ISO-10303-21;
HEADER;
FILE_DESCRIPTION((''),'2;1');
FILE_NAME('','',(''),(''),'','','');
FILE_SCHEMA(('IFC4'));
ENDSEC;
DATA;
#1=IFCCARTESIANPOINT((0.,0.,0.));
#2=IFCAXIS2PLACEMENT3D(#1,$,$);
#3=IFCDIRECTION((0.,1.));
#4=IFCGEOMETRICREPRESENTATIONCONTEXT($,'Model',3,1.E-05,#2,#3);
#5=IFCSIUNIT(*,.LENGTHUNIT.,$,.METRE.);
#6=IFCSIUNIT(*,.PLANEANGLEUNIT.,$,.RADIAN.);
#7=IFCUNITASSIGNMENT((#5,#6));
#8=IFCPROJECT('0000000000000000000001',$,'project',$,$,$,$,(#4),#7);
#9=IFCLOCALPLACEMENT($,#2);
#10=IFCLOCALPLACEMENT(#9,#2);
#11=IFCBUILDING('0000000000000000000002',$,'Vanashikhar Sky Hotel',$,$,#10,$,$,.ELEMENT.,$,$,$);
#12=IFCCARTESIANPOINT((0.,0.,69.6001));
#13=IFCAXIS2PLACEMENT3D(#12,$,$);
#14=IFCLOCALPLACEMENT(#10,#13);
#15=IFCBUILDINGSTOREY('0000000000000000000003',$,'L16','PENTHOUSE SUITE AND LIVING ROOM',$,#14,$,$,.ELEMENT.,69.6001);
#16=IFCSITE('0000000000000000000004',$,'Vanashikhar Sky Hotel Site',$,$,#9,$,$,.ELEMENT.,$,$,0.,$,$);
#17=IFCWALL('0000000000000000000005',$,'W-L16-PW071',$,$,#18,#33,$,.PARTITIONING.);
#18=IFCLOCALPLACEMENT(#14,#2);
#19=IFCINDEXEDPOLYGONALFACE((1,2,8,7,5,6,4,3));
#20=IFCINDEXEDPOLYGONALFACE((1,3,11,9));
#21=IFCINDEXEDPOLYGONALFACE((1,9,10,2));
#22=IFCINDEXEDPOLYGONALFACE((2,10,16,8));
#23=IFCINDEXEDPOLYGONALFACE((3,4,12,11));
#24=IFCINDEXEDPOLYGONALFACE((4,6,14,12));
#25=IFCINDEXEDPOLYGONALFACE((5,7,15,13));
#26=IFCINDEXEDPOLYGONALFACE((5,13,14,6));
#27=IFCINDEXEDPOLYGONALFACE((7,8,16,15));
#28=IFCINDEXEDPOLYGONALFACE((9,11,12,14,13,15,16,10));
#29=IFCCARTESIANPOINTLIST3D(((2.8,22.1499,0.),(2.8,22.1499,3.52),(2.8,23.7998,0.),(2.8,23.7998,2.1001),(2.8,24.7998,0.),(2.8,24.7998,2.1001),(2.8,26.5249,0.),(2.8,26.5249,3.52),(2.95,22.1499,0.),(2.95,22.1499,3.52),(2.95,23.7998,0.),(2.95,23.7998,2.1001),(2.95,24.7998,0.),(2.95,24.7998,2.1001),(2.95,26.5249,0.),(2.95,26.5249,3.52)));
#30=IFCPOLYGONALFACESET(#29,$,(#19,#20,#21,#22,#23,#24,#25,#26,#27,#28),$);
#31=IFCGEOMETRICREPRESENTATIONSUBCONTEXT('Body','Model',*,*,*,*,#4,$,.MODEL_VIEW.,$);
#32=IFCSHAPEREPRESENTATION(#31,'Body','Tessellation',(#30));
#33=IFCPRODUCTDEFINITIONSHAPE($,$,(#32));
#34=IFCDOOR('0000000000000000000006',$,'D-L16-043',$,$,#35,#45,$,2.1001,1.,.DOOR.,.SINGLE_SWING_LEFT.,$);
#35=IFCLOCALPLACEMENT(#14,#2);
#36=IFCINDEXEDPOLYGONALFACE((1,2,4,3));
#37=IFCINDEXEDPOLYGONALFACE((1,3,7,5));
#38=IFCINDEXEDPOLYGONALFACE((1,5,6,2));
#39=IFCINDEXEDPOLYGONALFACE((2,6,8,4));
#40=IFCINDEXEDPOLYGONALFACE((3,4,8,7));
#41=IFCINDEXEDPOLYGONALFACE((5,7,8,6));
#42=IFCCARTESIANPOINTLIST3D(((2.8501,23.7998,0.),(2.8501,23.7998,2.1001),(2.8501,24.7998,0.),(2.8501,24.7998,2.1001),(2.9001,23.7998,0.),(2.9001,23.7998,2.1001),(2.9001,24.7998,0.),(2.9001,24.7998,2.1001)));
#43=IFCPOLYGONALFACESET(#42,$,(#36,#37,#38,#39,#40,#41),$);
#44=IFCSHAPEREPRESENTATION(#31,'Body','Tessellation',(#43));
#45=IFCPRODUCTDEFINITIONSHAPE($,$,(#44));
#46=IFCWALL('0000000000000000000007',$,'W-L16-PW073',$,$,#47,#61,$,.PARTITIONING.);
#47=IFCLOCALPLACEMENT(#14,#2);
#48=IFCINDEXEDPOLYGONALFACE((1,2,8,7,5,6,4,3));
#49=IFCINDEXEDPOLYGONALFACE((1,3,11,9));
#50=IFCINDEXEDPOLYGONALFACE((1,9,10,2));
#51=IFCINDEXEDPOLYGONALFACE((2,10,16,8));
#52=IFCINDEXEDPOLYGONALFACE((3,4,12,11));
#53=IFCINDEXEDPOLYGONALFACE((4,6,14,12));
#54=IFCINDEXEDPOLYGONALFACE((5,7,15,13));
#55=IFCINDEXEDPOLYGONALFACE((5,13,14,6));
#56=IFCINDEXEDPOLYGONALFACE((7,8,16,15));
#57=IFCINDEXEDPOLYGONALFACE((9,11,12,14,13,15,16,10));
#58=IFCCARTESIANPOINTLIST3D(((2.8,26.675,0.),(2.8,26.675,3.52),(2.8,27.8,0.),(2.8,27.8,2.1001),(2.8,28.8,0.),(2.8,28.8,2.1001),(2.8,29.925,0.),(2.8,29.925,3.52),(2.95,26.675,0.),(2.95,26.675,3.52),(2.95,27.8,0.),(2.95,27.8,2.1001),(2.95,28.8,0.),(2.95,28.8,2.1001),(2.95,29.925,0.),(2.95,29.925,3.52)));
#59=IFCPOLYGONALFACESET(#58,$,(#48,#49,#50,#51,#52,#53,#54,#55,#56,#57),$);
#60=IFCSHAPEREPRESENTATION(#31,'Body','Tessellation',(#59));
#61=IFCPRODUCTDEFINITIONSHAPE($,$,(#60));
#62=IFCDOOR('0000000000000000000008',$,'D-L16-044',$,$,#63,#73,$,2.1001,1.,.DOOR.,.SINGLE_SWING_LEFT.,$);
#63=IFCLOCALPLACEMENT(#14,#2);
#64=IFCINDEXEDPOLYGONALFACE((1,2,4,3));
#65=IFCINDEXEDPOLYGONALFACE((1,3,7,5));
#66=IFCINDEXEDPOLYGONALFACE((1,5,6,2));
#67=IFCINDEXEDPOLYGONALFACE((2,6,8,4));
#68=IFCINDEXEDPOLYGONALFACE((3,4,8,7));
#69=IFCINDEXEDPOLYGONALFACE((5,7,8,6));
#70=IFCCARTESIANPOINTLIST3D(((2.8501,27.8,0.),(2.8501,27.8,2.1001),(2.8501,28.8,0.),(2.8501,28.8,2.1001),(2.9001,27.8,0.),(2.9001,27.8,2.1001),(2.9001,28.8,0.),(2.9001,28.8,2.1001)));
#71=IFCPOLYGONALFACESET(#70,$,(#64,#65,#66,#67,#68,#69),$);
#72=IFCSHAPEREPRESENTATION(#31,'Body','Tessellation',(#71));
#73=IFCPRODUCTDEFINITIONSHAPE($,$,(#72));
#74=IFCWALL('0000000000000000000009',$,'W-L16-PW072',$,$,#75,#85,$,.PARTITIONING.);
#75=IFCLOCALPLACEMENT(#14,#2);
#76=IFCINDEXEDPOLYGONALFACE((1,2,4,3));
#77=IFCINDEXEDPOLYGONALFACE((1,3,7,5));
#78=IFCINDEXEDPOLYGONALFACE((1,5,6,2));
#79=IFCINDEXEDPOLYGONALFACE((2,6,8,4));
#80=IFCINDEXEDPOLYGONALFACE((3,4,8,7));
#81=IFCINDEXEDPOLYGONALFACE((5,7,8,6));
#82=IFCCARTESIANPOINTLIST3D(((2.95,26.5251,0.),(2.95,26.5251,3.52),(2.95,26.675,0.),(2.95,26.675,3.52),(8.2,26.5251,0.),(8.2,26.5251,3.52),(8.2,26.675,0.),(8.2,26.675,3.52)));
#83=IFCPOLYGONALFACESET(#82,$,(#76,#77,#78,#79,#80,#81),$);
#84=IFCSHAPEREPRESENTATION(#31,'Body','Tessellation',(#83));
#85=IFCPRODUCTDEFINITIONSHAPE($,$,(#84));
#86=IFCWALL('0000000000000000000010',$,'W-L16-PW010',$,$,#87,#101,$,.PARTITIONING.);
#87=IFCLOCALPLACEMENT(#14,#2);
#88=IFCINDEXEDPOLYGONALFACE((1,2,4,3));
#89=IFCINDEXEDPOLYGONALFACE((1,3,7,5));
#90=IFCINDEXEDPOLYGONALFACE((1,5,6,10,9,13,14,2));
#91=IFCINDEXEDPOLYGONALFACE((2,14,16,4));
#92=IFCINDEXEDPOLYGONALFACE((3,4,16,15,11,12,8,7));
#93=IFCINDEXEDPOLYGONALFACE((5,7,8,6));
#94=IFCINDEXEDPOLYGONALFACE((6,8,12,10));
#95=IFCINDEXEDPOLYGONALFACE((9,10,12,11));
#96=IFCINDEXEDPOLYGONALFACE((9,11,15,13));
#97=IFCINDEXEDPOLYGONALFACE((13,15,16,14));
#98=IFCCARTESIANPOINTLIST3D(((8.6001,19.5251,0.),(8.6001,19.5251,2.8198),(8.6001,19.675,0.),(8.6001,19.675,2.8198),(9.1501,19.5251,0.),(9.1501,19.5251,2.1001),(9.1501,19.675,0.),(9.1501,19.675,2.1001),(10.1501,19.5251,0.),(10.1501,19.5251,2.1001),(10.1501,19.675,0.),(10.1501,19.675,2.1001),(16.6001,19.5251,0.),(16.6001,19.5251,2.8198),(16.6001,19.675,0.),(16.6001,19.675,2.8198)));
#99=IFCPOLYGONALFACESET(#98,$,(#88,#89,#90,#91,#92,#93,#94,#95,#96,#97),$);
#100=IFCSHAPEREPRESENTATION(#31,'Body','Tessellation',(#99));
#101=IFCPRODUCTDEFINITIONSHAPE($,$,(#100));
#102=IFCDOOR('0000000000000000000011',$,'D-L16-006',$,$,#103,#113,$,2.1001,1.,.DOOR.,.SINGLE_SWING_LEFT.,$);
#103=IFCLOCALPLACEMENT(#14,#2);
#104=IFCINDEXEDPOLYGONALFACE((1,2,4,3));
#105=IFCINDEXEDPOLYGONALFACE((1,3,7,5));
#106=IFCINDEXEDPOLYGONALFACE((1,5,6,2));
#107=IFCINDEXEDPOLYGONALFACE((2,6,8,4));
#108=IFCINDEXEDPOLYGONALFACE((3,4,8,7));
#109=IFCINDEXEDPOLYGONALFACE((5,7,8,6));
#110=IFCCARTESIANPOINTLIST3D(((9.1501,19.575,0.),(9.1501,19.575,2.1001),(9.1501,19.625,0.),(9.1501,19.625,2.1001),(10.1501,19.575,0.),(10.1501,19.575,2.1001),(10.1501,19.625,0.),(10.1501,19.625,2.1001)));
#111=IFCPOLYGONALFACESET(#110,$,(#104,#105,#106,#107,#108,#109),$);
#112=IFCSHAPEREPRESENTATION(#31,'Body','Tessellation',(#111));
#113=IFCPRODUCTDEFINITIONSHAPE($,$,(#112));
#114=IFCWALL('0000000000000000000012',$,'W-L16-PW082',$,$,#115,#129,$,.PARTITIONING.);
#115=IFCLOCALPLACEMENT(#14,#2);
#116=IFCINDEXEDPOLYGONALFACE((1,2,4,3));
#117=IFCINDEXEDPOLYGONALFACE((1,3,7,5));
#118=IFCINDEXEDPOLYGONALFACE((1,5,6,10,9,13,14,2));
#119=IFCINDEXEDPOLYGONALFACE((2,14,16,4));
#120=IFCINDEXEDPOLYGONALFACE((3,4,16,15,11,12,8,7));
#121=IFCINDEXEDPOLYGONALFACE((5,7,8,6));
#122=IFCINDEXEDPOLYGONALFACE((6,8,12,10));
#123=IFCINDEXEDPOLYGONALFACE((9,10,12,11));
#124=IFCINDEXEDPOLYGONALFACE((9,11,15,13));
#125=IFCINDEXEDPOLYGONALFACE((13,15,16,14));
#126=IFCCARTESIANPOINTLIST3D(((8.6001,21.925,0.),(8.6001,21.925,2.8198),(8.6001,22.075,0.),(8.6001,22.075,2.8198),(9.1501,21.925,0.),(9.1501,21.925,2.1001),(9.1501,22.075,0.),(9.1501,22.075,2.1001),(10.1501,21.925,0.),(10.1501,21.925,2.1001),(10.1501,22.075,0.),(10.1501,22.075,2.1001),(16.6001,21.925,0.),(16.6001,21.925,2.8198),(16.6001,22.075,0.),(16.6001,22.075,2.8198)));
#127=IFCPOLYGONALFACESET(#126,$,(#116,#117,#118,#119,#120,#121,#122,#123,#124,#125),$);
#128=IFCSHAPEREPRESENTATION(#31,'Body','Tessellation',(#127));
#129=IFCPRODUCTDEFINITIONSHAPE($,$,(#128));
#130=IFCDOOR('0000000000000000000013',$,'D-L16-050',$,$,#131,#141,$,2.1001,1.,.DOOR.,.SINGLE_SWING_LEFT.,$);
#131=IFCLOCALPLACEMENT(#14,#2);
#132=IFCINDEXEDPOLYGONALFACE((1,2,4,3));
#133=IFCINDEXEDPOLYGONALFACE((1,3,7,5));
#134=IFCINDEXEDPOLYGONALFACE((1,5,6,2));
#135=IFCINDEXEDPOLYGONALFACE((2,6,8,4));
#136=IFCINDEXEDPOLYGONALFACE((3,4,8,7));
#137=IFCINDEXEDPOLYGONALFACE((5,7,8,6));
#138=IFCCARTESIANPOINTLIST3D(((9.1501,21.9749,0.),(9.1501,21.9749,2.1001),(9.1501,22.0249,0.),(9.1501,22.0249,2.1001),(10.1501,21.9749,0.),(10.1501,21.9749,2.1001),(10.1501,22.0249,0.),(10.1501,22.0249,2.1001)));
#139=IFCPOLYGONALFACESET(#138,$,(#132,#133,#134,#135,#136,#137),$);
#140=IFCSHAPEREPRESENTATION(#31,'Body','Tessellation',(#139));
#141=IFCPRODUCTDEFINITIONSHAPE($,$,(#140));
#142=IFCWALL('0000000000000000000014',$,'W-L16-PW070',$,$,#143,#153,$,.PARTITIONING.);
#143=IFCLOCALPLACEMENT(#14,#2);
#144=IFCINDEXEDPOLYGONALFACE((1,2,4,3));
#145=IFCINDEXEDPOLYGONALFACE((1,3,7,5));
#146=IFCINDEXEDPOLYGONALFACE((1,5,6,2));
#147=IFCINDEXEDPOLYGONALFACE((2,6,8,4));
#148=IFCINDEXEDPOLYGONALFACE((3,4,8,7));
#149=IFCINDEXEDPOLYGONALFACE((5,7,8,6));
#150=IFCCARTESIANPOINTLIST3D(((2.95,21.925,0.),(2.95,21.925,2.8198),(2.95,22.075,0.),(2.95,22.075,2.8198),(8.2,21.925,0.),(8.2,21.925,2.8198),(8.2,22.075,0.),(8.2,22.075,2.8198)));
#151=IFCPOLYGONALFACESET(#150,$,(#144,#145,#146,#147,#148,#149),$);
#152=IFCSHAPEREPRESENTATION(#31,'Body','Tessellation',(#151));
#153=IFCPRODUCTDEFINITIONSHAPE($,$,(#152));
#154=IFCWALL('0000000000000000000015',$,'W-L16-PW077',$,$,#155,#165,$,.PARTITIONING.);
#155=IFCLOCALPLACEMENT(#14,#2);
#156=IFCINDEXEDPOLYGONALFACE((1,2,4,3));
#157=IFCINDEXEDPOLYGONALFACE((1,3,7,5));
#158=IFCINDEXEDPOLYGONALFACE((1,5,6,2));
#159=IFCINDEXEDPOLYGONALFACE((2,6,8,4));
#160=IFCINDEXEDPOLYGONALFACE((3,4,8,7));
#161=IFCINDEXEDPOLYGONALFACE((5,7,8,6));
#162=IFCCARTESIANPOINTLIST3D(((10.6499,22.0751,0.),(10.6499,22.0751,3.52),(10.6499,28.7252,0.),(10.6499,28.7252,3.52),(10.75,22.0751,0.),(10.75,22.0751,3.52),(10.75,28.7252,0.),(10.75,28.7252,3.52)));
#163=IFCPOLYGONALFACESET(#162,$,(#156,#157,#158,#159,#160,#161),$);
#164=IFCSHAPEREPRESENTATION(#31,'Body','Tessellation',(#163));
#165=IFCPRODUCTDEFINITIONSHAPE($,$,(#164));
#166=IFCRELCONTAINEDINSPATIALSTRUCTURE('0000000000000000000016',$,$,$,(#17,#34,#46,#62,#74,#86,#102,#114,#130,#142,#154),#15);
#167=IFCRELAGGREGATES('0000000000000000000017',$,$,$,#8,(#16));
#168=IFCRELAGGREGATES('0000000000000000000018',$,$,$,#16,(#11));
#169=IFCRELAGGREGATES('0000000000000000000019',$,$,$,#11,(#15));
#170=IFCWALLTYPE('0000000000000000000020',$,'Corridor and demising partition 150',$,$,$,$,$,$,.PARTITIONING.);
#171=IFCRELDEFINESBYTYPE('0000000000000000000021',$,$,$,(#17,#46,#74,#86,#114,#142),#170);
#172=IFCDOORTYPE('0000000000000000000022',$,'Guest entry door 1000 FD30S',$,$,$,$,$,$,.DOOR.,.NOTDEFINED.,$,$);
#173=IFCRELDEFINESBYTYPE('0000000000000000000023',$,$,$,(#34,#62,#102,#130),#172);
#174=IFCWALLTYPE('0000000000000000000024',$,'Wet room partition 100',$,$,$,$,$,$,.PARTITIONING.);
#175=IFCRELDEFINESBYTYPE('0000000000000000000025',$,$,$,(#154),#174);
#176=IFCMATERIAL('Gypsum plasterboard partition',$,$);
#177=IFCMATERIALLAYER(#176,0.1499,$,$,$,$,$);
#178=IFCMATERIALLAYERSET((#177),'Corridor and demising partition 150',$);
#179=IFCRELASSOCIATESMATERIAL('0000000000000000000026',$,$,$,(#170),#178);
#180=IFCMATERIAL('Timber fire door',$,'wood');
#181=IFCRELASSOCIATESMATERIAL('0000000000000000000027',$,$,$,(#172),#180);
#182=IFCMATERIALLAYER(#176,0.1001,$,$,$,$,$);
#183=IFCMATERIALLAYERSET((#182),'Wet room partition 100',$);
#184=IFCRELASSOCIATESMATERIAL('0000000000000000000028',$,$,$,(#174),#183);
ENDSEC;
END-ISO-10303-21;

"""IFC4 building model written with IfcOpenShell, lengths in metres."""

from ifc_helpers import new_model, si_unit, direction, frame, frame_2d, origin, place, context, subcontext, project, spatial, rectangle, extrude, source, transform, mapped, material, layer, layer_set, type_object, element, fill, save


model = new_model("IFC4")

# Units and contexts
model_context = context("Model", 3, precision=1e-05, world=origin(), true_north=direction((0.0, 1.0)))
body_context = subcontext(model_context, "Body", "Model", "MODEL_VIEW")
ifc_project = project(units=[si_unit("LENGTHUNIT", "METRE"), si_unit("PLANEANGLEUNIT", "RADIAN")], contexts=[model_context])

# Site, building, storey
site_placement = place(None, origin())
site = spatial("IfcSite", under=ifc_project, at=site_placement, Name="Vanashikhar Sky Hotel Site", CompositionType="ELEMENT", RefElevation=0.0)
building_placement = place(site_placement, origin())
building = spatial("IfcBuilding", under=site, at=building_placement, Name="Vanashikhar Sky Hotel", CompositionType="ELEMENT")
storey_placement = place(building_placement, frame((0.0, 0.0, 69.6001)))
storey = spatial("IfcBuildingStorey", under=building, at=storey_placement, Name="L16", Description="PENTHOUSE SUITE AND LIVING ROOM", CompositionType="ELEMENT", Elevation=69.6001)

# Walls, openings, doors
ifc_material_1 = material(Name="Gypsum plasterboard partition")
ifc_layer_1 = layer(ifc_material_1, 0.1499)
ifc_layer_set_1 = layer_set([ifc_layer_1], Name="Corridor and demising partition 150")
wall_type_1 = type_object("IfcWallType", Name="Corridor and demising partition 150", PredefinedType="PARTITIONING", material=ifc_layer_set_1)
shared_shape_1 = source(origin(), body_context, "Body", "SweptSolid", [
    extrude(rectangle(XDim=4.375, YDim=0.1499, at=frame_2d((2.1875, 0.0))), origin(), (0.0, 0.0, 1.0), 3.52),
])
wall_1_placement = place(storey_placement, frame((2.875, 22.1499, 0.0), z_axis=(0.0, 0.0, 1.0), x_axis=(0.0, 1.0, 0.0)))
wall_1 = element("IfcWall", 1, at=wall_1_placement, inside=storey, type_object=wall_type_1, Name="W-L16-PW071", PredefinedType="PARTITIONING", context=body_context, shape_type="MappedRepresentation", body=[
    mapped(shared_shape_1, transform((0.0, 0.0, 0.0), scale=1.0)),
])
shared_shape_2 = source(origin(), body_context, "Body", "SweptSolid", [
    extrude(rectangle(XDim=1.0, YDim=2.1001, at=frame_2d((0.5, 1.05))), frame((0.0, 0.085, 0.0), z_axis=(0.0, -1.0, 0.0), x_axis=(1.0, 0.0, 0.0)), (0.0, 0.0, 1.0), 0.1699),
])
opening_1_placement = place(wall_1_placement, frame((1.6499, 0.0, 0.0)))
opening_1 = element("IfcOpeningElement", 2, at=opening_1_placement, cuts=wall_1, PredefinedType="OPENING", context=body_context, shape_type="MappedRepresentation", body=[
    mapped(shared_shape_2, transform((0.0, 0.0, 0.0), scale=1.0)),
])
ifc_material_2 = material(Name="Timber fire door", Category="wood")
door_type = type_object("IfcDoorType", Name="Guest entry door 1000 FD30S", OperationType="NOTDEFINED", PredefinedType="DOOR", material=ifc_material_2)
shared_shape_3 = source(origin(), body_context, "Body", "SweptSolid", [
    extrude(rectangle(XDim=1.0, YDim=2.1001, at=frame_2d((0.5, 1.05))), frame((0.0, 0.0249, 0.0), z_axis=(0.0, -1.0, 0.0), x_axis=(1.0, 0.0, 0.0)), (0.0, 0.0, 1.0), 0.05),
])
door_1_placement = place(opening_1_placement, origin())
door_1 = element("IfcDoor", 3, at=door_1_placement, inside=storey, type_object=door_type, Name="D-L16-043", OperationType="SINGLE_SWING_LEFT", OverallHeight=2.1001, OverallWidth=1.0, PredefinedType="DOOR", context=body_context, shape_type="MappedRepresentation", body=[
    mapped(shared_shape_3, transform((0.0, 0.0, 0.0), scale=1.0)),
])
fill(opening_1, door_1)
shared_shape_4 = source(origin(), body_context, "Body", "SweptSolid", [
    extrude(rectangle(XDim=3.25, YDim=0.1499, at=frame_2d((1.625, 0.0))), origin(), (0.0, 0.0, 1.0), 3.52),
])
wall_2_placement = place(storey_placement, frame((2.875, 26.675, 0.0), z_axis=(0.0, 0.0, 1.0), x_axis=(0.0, 1.0, 0.0)))
wall_2 = element("IfcWall", 4, at=wall_2_placement, inside=storey, type_object=wall_type_1, Name="W-L16-PW073", PredefinedType="PARTITIONING", context=body_context, shape_type="MappedRepresentation", body=[
    mapped(shared_shape_4, transform((0.0, 0.0, 0.0), scale=1.0)),
])
opening_2_placement = place(wall_2_placement, frame((1.125, 0.0, 0.0)))
opening_2 = element("IfcOpeningElement", 5, at=opening_2_placement, cuts=wall_2, PredefinedType="OPENING", context=body_context, shape_type="MappedRepresentation", body=[
    mapped(shared_shape_2, transform((0.0, 0.0, 0.0), scale=1.0)),
])
door_2_placement = place(opening_2_placement, origin())
door_2 = element("IfcDoor", 6, at=door_2_placement, inside=storey, type_object=door_type, Name="D-L16-044", OperationType="SINGLE_SWING_LEFT", OverallHeight=2.1001, OverallWidth=1.0, PredefinedType="DOOR", context=body_context, shape_type="MappedRepresentation", body=[
    mapped(shared_shape_3, transform((0.0, 0.0, 0.0), scale=1.0)),
])
fill(opening_2, door_2)

# Wall
shared_shape_5 = source(origin(), body_context, "Body", "SweptSolid", [
    extrude(rectangle(XDim=5.25, YDim=0.1499, at=frame_2d((2.625, 0.0))), origin(), (0.0, 0.0, 1.0), 3.52),
])
wall_3_placement = place(storey_placement, frame((2.95, 26.6001, 0.0), z_axis=(0.0, 0.0, 1.0), x_axis=(1.0, 0.0, 0.0)))
element("IfcWall", 7, at=wall_3_placement, inside=storey, type_object=wall_type_1, Name="W-L16-PW072", PredefinedType="PARTITIONING", context=body_context, shape_type="MappedRepresentation", body=[
    mapped(shared_shape_5, transform((0.0, 0.0, 0.0), scale=1.0)),
])

# Walls, openings, doors
shared_shape_6 = source(origin(), body_context, "Body", "SweptSolid", [
    extrude(rectangle(XDim=8.0, YDim=0.1499, at=frame_2d((4.0, 0.0))), origin(), (0.0, 0.0, 1.0), 2.8198),
])
wall_4_placement = place(storey_placement, frame((8.6001, 19.6001, 0.0), z_axis=(0.0, 0.0, 1.0), x_axis=(1.0, 0.0, 0.0)))
wall_4 = element("IfcWall", 8, at=wall_4_placement, inside=storey, type_object=wall_type_1, Name="W-L16-PW010", PredefinedType="PARTITIONING", context=body_context, shape_type="MappedRepresentation", body=[
    mapped(shared_shape_6, transform((0.0, 0.0, 0.0), scale=1.0)),
])
opening_3_placement = place(wall_4_placement, frame((0.55, 0.0, 0.0)))
opening_3 = element("IfcOpeningElement", 9, at=opening_3_placement, cuts=wall_4, PredefinedType="OPENING", context=body_context, shape_type="MappedRepresentation", body=[
    mapped(shared_shape_2, transform((0.0, 0.0, 0.0), scale=1.0)),
])
door_3_placement = place(opening_3_placement, origin())
door_3 = element("IfcDoor", 10, at=door_3_placement, inside=storey, type_object=door_type, Name="D-L16-006", OperationType="SINGLE_SWING_LEFT", OverallHeight=2.1001, OverallWidth=1.0, PredefinedType="DOOR", context=body_context, shape_type="MappedRepresentation", body=[
    mapped(shared_shape_3, transform((0.0, 0.0, 0.0), scale=1.0)),
])
fill(opening_3, door_3)
wall_5_placement = place(storey_placement, frame((8.6001, 22.0, 0.0), z_axis=(0.0, 0.0, 1.0), x_axis=(1.0, 0.0, 0.0)))
wall_5 = element("IfcWall", 11, at=wall_5_placement, inside=storey, type_object=wall_type_1, Name="W-L16-PW082", PredefinedType="PARTITIONING", context=body_context, shape_type="MappedRepresentation", body=[
    mapped(shared_shape_6, transform((0.0, 0.0, 0.0), scale=1.0)),
])
opening_4_placement = place(wall_5_placement, frame((0.55, 0.0, 0.0)))
opening_4 = element("IfcOpeningElement", 12, at=opening_4_placement, cuts=wall_5, PredefinedType="OPENING", context=body_context, shape_type="MappedRepresentation", body=[
    mapped(shared_shape_2, transform((0.0, 0.0, 0.0), scale=1.0)),
])
door_4_placement = place(opening_4_placement, origin())
door_4 = element("IfcDoor", 13, at=door_4_placement, inside=storey, type_object=door_type, Name="D-L16-050", OperationType="SINGLE_SWING_LEFT", OverallHeight=2.1001, OverallWidth=1.0, PredefinedType="DOOR", context=body_context, shape_type="MappedRepresentation", body=[
    mapped(shared_shape_3, transform((0.0, 0.0, 0.0), scale=1.0)),
])
fill(opening_4, door_4)

# Walls
shared_shape_7 = source(origin(), body_context, "Body", "SweptSolid", [
    extrude(rectangle(XDim=5.25, YDim=0.1499, at=frame_2d((2.625, 0.0))), origin(), (0.0, 0.0, 1.0), 2.8198),
])
wall_6_placement = place(storey_placement, frame((2.95, 22.0, 0.0), z_axis=(0.0, 0.0, 1.0), x_axis=(1.0, 0.0, 0.0)))
element("IfcWall", 14, at=wall_6_placement, inside=storey, type_object=wall_type_1, Name="W-L16-PW070", PredefinedType="PARTITIONING", context=body_context, shape_type="MappedRepresentation", body=[
    mapped(shared_shape_7, transform((0.0, 0.0, 0.0), scale=1.0)),
])
ifc_layer_2 = layer(ifc_material_1, 0.1001)
ifc_layer_set_2 = layer_set([ifc_layer_2], Name="Wet room partition 100")
wall_type_2 = type_object("IfcWallType", Name="Wet room partition 100", PredefinedType="PARTITIONING", material=ifc_layer_set_2)
shared_shape_8 = source(origin(), body_context, "Body", "SweptSolid", [
    extrude(rectangle(XDim=6.6501, YDim=0.1001, at=frame_2d((3.3252, 0.0))), origin(), (0.0, 0.0, 1.0), 3.52),
])
wall_7_placement = place(storey_placement, frame((10.7, 22.075, 0.0), z_axis=(0.0, 0.0, 1.0), x_axis=(0.0, 1.0, 0.0)))
element("IfcWall", 15, at=wall_7_placement, inside=storey, type_object=wall_type_2, Name="W-L16-PW077", PredefinedType="PARTITIONING", context=body_context, shape_type="MappedRepresentation", body=[
    mapped(shared_shape_8, transform((0.0, 0.0, 0.0), scale=1.0)),
])

save(model, "model.ifc")
